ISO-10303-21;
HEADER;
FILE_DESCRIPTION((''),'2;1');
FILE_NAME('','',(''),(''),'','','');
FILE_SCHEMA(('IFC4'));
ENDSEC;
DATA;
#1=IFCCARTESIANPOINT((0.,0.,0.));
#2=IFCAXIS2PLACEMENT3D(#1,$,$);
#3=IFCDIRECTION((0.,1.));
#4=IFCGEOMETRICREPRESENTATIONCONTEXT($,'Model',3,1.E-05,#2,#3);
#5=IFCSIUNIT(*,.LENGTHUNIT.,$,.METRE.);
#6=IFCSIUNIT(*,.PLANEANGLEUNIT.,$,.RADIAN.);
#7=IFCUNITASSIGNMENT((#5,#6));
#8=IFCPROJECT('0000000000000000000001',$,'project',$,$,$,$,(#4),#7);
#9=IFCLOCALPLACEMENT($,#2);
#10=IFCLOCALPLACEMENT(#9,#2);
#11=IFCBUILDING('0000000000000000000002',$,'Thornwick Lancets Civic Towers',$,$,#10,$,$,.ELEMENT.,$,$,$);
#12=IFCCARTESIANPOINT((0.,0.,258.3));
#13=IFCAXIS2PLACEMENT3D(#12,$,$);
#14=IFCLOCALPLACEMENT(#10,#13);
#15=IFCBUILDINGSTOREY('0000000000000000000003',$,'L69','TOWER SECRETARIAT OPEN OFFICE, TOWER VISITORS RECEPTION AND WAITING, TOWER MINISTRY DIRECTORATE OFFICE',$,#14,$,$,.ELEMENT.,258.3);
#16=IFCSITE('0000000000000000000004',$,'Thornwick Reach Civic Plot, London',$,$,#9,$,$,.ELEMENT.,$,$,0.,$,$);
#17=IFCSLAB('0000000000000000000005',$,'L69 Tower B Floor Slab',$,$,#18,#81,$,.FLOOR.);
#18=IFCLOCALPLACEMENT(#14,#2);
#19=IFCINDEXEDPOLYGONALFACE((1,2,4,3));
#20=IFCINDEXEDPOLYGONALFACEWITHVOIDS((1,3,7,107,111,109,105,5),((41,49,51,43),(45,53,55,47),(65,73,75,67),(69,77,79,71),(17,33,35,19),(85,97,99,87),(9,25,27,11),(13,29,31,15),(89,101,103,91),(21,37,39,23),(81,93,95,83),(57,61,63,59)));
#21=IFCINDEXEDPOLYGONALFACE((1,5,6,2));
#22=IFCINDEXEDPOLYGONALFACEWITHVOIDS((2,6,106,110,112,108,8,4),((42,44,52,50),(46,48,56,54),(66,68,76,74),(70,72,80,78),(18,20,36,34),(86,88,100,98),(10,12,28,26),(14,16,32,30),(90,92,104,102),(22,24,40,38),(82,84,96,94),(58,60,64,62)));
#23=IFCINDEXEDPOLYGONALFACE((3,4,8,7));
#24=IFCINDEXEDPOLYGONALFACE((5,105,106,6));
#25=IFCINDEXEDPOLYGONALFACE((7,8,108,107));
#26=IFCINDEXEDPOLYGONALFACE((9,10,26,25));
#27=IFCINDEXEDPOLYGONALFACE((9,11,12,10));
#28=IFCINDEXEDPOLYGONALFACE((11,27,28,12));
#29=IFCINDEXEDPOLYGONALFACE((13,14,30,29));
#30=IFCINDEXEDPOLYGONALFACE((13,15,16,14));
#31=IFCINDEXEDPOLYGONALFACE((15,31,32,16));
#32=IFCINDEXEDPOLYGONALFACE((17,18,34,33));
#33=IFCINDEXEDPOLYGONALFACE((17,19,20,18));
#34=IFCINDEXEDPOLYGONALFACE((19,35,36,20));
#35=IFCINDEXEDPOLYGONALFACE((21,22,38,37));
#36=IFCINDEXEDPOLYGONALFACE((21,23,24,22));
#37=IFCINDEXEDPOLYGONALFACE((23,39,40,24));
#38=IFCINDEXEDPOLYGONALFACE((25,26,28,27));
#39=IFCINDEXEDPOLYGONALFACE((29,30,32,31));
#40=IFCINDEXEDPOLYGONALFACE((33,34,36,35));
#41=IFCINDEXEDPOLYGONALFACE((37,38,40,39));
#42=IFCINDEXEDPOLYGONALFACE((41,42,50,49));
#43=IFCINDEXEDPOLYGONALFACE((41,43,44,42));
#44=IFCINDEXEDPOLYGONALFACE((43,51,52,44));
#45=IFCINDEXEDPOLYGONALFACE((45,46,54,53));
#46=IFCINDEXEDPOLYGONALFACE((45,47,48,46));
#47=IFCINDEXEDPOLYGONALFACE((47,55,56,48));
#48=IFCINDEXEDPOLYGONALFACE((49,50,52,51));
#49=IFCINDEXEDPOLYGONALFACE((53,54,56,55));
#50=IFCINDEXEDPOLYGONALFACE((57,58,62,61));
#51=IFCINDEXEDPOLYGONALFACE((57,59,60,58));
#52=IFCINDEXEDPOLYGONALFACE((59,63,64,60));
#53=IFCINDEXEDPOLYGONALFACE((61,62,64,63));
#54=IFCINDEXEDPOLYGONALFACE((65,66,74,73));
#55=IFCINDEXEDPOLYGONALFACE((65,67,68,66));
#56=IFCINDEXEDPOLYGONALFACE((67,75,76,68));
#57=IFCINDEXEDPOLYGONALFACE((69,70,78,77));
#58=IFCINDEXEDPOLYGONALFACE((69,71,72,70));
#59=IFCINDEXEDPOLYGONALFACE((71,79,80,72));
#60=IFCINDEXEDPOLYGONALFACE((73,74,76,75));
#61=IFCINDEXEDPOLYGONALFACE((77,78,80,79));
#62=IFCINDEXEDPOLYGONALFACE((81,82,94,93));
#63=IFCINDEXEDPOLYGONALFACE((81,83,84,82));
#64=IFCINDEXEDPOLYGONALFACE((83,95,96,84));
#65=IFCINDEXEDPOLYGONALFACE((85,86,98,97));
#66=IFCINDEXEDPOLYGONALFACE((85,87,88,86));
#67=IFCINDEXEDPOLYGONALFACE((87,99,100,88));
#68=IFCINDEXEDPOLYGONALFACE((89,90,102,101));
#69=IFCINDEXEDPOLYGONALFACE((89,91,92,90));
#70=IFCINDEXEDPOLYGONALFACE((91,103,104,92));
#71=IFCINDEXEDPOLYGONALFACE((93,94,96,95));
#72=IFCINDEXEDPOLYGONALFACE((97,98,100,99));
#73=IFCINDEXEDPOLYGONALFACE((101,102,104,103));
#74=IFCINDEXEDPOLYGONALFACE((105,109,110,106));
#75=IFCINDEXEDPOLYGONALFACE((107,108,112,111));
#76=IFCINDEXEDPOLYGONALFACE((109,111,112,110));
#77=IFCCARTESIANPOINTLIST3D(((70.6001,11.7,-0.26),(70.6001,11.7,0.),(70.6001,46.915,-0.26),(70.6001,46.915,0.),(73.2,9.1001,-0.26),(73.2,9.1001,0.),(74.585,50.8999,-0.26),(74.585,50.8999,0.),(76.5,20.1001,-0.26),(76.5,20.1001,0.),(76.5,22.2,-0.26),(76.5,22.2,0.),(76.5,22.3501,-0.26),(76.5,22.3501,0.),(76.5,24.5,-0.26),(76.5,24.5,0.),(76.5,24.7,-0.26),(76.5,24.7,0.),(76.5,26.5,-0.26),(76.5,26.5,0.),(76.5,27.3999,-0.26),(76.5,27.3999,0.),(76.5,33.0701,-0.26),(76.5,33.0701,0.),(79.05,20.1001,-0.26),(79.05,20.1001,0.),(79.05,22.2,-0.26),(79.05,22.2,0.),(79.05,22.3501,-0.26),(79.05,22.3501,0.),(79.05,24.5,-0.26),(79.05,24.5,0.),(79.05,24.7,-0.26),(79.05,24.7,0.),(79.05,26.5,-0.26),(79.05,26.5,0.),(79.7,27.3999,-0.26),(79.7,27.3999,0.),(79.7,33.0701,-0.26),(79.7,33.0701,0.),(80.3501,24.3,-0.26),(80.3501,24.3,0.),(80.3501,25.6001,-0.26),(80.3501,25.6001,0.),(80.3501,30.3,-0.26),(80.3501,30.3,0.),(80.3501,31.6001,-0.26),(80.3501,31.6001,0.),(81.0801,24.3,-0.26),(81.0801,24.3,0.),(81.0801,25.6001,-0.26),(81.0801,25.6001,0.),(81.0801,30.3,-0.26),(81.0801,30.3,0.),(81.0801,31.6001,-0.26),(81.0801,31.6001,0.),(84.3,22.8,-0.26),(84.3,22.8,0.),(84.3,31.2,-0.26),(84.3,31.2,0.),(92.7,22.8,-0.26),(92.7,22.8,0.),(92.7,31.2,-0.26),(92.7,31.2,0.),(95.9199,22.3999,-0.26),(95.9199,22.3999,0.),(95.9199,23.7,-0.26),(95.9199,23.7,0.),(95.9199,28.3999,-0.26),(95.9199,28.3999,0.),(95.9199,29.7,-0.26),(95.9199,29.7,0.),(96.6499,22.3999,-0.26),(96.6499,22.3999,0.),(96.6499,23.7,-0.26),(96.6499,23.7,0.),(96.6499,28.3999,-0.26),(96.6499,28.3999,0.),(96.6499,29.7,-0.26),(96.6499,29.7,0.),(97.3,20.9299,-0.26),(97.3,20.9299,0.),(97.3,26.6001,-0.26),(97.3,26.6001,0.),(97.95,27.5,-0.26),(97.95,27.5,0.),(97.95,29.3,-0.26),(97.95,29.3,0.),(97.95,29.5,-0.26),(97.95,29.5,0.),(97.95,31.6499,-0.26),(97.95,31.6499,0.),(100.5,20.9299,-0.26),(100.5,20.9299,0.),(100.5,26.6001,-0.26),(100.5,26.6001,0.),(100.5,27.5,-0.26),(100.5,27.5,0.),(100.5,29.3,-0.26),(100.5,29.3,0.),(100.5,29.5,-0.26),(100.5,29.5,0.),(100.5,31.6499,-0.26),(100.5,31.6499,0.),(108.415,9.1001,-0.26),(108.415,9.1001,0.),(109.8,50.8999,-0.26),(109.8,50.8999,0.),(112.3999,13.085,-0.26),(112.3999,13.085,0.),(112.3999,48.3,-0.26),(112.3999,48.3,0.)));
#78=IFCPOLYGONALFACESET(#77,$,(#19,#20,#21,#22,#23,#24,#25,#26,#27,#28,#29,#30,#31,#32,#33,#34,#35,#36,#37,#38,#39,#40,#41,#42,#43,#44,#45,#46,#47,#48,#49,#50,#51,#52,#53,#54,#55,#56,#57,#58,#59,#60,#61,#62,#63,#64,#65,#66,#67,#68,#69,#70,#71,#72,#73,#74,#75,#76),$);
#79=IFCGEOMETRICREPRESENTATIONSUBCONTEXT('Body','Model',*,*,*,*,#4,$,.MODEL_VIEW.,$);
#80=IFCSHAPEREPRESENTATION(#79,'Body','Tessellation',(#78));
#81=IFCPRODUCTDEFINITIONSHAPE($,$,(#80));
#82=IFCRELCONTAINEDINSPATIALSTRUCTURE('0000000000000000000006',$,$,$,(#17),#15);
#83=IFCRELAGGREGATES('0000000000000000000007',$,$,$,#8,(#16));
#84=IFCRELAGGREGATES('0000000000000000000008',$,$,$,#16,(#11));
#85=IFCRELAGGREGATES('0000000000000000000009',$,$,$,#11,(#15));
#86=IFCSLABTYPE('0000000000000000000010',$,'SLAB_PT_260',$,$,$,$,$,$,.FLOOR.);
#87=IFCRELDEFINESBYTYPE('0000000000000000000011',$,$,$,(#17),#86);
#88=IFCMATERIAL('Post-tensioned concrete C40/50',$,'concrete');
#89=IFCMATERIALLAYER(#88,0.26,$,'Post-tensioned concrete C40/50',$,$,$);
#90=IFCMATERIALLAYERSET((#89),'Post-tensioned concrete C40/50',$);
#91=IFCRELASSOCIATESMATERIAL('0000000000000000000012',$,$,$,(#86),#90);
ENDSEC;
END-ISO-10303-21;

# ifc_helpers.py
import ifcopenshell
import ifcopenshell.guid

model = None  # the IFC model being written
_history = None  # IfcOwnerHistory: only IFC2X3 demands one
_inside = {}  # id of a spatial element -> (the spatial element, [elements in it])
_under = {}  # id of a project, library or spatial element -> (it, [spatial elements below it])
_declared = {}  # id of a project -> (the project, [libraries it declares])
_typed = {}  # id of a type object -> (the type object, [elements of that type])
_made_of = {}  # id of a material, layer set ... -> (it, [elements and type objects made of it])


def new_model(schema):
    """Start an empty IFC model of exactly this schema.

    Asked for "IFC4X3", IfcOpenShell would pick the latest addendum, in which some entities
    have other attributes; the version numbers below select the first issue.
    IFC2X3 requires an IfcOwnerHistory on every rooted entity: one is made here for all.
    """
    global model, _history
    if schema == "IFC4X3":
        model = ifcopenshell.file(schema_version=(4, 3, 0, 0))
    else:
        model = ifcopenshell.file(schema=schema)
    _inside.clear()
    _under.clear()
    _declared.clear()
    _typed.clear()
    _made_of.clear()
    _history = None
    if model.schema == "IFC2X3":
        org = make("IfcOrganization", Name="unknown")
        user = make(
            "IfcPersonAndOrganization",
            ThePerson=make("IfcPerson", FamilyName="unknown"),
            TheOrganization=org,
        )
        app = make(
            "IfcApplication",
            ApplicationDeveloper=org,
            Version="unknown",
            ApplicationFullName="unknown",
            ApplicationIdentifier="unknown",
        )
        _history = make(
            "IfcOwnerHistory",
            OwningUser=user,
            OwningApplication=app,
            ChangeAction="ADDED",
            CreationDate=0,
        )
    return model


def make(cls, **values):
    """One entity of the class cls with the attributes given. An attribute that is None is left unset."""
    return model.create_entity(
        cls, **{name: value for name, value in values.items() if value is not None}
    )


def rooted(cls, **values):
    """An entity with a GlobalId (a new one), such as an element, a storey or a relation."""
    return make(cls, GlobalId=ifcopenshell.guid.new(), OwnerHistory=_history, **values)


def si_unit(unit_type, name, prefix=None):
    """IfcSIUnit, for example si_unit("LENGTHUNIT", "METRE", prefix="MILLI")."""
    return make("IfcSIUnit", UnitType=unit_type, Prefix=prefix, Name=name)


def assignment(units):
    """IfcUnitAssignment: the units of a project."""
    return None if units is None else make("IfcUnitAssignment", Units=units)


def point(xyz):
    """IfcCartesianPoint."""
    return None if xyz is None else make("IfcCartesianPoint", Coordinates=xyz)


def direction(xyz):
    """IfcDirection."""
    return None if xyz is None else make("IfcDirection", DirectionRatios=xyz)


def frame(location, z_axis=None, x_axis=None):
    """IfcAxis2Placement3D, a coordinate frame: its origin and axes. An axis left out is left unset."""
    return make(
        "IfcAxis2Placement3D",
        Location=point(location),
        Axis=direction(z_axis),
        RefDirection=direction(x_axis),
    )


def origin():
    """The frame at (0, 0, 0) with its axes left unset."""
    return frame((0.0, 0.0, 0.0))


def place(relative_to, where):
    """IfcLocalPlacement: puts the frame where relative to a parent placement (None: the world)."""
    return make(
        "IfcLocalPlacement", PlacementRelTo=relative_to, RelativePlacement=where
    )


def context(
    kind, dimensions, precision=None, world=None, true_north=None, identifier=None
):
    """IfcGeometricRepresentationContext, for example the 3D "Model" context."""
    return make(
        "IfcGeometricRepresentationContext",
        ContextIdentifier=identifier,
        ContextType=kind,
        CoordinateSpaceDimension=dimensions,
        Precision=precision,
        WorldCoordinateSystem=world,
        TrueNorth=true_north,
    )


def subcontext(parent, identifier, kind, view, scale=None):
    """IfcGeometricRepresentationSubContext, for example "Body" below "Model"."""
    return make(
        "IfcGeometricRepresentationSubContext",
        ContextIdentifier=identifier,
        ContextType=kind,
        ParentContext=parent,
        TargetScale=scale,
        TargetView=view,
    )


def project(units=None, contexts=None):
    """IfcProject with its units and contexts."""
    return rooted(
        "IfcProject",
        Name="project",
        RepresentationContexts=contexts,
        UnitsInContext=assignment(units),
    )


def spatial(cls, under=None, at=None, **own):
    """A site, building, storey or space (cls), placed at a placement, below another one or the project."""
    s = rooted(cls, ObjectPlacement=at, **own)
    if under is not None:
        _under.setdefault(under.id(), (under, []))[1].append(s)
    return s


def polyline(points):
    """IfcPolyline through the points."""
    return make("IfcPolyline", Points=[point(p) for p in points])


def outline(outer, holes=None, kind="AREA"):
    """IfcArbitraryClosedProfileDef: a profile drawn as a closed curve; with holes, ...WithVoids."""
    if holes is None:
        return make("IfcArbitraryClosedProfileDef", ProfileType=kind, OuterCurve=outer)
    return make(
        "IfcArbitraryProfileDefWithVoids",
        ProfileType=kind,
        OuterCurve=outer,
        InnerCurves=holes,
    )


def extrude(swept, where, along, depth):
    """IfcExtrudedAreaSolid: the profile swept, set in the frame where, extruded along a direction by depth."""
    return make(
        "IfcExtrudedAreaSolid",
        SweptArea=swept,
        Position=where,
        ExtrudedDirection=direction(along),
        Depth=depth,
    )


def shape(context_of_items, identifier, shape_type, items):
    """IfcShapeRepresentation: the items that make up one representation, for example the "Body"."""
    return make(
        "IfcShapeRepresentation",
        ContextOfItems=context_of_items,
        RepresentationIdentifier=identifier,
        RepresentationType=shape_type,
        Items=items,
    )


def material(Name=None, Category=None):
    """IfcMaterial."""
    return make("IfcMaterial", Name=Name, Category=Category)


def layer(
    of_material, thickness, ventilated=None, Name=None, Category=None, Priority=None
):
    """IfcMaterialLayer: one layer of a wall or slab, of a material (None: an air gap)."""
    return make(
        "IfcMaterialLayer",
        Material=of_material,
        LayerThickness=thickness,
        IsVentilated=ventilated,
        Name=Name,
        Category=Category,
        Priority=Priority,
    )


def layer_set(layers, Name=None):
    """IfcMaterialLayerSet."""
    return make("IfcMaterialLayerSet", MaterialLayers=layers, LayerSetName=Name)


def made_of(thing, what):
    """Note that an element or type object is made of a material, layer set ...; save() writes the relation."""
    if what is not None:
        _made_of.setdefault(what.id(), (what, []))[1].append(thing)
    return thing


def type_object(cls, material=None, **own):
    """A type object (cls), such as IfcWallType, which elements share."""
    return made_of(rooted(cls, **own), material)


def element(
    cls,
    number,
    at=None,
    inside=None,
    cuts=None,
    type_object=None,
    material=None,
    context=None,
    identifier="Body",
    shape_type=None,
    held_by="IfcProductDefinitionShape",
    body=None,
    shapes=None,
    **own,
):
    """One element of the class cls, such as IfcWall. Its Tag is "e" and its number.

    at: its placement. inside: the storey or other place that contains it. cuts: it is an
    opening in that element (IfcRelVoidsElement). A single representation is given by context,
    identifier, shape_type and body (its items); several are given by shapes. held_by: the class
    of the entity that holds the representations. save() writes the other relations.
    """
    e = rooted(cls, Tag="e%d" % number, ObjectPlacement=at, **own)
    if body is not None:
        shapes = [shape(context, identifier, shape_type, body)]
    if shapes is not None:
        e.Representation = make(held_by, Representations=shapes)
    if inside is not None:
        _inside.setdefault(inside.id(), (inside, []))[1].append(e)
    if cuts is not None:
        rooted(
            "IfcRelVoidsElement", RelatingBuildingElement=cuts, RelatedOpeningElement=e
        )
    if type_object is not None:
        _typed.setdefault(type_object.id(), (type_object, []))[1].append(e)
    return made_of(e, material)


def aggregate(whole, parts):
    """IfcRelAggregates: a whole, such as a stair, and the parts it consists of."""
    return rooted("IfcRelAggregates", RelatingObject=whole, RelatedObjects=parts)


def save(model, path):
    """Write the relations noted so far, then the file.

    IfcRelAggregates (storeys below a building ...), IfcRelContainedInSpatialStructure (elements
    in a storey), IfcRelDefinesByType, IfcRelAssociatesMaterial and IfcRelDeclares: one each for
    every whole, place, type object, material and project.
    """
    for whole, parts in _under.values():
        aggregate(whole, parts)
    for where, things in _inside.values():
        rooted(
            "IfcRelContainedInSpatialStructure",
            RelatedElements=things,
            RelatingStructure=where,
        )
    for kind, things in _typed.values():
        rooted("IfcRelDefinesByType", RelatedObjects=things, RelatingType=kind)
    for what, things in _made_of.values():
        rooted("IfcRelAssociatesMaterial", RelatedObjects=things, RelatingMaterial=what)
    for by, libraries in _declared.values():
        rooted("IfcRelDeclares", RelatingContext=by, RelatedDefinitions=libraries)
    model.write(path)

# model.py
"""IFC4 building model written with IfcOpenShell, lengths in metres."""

from ifc_helpers import new_model, si_unit, direction, frame, origin, place, context, subcontext, project, spatial, polyline, outline, extrude, material, layer, layer_set, type_object, element, save


model = new_model("IFC4")

# Units and contexts
model_context = context("Model", 3, precision=1e-05, world=origin(), true_north=direction((0.0, 1.0)))
body_context = subcontext(model_context, "Body", "Model", "MODEL_VIEW")
ifc_project = project(units=[si_unit("LENGTHUNIT", "METRE"), si_unit("PLANEANGLEUNIT", "RADIAN")], contexts=[model_context])

# Site, building, storey
site_placement = place(None, origin())
site = spatial("IfcSite", under=ifc_project, at=site_placement, Name="Thornwick Reach Civic Plot, London", CompositionType="ELEMENT", RefElevation=0.0)
building_placement = place(site_placement, origin())
building = spatial("IfcBuilding", under=site, at=building_placement, Name="Thornwick Lancets Civic Towers", CompositionType="ELEMENT")
storey_placement = place(building_placement, frame((0.0, 0.0, 258.3)))
storey = spatial("IfcBuildingStorey", under=building, at=storey_placement, Name="L69", Description="TOWER SECRETARIAT OPEN OFFICE, TOWER VISITORS RECEPTION AND WAITING, TOWER MINISTRY DIRECTORATE OFFICE", CompositionType="ELEMENT", Elevation=258.3)

# Shared definitions
ifc_material_1 = material(Name="Post-tensioned concrete C40/50", Category="concrete")

# Slab
ifc_layer_1 = layer(ifc_material_1, 0.26, Name="Post-tensioned concrete C40/50")
ifc_layer_set_1 = layer_set([ifc_layer_1], Name="Post-tensioned concrete C40/50")
slab_type_1 = type_object("IfcSlabType", Name="SLAB_PT_260", PredefinedType="FLOOR", material=ifc_layer_set_1)
slab_1_placement = place(storey_placement, frame((0.0, 0.0, -0.26)))
element("IfcSlab", 1, at=slab_1_placement, inside=storey, type_object=slab_type_1, Name="L69 Tower B Floor Slab", PredefinedType="FLOOR", context=body_context, shape_type="SweptSolid", body=[
    extrude(outline(polyline([(73.2, 9.1001), (108.415, 9.1001), (112.3999, 13.085), (112.3999, 48.3), (109.8, 50.8999), (74.585, 50.8999), (70.6001, 46.915), (70.6001, 11.7), (73.2, 9.1001)]), holes=[polyline([(84.3, 22.8), (92.7, 22.8), (92.7, 31.2), (84.3, 31.2), (84.3, 22.8)]), polyline([(100.5, 20.9299), (100.5, 26.6001), (97.3, 26.6001), (97.3, 20.9299), (100.5, 20.9299)]), polyline([(76.5, 33.0701), (76.5, 27.3999), (79.7, 27.3999), (79.7, 33.0701), (76.5, 33.0701)]), polyline([(97.95, 27.5), (100.5, 27.5), (100.5, 29.3), (97.95, 29.3), (97.95, 27.5)]), polyline([(97.95, 29.5), (100.5, 29.5), (100.5, 31.6499), (97.95, 31.6499), (97.95, 29.5)]), polyline([(76.5, 24.7), (79.05, 24.7), (79.05, 26.5), (76.5, 26.5), (76.5, 24.7)]), polyline([(76.5, 22.3501), (79.05, 22.3501), (79.05, 24.5), (76.5, 24.5), (76.5, 22.3501)]), polyline([(76.5, 20.1001), (79.05, 20.1001), (79.05, 22.2), (76.5, 22.2), (76.5, 20.1001)]), polyline([(95.9199, 28.3999), (96.6499, 28.3999), (96.6499, 29.7), (95.9199, 29.7), (95.9199, 28.3999)]), polyline([(95.9199, 22.3999), (96.6499, 22.3999), (96.6499, 23.7), (95.9199, 23.7), (95.9199, 22.3999)]), polyline([(80.3501, 24.3), (81.0801, 24.3), (81.0801, 25.6001), (80.3501, 25.6001), (80.3501, 24.3)]), polyline([(80.3501, 30.3), (81.0801, 30.3), (81.0801, 31.6001), (80.3501, 31.6001), (80.3501, 30.3)])]), origin(), (0.0, 0.0, 1.0), 0.26),
])

save(model, "model.ifc")
